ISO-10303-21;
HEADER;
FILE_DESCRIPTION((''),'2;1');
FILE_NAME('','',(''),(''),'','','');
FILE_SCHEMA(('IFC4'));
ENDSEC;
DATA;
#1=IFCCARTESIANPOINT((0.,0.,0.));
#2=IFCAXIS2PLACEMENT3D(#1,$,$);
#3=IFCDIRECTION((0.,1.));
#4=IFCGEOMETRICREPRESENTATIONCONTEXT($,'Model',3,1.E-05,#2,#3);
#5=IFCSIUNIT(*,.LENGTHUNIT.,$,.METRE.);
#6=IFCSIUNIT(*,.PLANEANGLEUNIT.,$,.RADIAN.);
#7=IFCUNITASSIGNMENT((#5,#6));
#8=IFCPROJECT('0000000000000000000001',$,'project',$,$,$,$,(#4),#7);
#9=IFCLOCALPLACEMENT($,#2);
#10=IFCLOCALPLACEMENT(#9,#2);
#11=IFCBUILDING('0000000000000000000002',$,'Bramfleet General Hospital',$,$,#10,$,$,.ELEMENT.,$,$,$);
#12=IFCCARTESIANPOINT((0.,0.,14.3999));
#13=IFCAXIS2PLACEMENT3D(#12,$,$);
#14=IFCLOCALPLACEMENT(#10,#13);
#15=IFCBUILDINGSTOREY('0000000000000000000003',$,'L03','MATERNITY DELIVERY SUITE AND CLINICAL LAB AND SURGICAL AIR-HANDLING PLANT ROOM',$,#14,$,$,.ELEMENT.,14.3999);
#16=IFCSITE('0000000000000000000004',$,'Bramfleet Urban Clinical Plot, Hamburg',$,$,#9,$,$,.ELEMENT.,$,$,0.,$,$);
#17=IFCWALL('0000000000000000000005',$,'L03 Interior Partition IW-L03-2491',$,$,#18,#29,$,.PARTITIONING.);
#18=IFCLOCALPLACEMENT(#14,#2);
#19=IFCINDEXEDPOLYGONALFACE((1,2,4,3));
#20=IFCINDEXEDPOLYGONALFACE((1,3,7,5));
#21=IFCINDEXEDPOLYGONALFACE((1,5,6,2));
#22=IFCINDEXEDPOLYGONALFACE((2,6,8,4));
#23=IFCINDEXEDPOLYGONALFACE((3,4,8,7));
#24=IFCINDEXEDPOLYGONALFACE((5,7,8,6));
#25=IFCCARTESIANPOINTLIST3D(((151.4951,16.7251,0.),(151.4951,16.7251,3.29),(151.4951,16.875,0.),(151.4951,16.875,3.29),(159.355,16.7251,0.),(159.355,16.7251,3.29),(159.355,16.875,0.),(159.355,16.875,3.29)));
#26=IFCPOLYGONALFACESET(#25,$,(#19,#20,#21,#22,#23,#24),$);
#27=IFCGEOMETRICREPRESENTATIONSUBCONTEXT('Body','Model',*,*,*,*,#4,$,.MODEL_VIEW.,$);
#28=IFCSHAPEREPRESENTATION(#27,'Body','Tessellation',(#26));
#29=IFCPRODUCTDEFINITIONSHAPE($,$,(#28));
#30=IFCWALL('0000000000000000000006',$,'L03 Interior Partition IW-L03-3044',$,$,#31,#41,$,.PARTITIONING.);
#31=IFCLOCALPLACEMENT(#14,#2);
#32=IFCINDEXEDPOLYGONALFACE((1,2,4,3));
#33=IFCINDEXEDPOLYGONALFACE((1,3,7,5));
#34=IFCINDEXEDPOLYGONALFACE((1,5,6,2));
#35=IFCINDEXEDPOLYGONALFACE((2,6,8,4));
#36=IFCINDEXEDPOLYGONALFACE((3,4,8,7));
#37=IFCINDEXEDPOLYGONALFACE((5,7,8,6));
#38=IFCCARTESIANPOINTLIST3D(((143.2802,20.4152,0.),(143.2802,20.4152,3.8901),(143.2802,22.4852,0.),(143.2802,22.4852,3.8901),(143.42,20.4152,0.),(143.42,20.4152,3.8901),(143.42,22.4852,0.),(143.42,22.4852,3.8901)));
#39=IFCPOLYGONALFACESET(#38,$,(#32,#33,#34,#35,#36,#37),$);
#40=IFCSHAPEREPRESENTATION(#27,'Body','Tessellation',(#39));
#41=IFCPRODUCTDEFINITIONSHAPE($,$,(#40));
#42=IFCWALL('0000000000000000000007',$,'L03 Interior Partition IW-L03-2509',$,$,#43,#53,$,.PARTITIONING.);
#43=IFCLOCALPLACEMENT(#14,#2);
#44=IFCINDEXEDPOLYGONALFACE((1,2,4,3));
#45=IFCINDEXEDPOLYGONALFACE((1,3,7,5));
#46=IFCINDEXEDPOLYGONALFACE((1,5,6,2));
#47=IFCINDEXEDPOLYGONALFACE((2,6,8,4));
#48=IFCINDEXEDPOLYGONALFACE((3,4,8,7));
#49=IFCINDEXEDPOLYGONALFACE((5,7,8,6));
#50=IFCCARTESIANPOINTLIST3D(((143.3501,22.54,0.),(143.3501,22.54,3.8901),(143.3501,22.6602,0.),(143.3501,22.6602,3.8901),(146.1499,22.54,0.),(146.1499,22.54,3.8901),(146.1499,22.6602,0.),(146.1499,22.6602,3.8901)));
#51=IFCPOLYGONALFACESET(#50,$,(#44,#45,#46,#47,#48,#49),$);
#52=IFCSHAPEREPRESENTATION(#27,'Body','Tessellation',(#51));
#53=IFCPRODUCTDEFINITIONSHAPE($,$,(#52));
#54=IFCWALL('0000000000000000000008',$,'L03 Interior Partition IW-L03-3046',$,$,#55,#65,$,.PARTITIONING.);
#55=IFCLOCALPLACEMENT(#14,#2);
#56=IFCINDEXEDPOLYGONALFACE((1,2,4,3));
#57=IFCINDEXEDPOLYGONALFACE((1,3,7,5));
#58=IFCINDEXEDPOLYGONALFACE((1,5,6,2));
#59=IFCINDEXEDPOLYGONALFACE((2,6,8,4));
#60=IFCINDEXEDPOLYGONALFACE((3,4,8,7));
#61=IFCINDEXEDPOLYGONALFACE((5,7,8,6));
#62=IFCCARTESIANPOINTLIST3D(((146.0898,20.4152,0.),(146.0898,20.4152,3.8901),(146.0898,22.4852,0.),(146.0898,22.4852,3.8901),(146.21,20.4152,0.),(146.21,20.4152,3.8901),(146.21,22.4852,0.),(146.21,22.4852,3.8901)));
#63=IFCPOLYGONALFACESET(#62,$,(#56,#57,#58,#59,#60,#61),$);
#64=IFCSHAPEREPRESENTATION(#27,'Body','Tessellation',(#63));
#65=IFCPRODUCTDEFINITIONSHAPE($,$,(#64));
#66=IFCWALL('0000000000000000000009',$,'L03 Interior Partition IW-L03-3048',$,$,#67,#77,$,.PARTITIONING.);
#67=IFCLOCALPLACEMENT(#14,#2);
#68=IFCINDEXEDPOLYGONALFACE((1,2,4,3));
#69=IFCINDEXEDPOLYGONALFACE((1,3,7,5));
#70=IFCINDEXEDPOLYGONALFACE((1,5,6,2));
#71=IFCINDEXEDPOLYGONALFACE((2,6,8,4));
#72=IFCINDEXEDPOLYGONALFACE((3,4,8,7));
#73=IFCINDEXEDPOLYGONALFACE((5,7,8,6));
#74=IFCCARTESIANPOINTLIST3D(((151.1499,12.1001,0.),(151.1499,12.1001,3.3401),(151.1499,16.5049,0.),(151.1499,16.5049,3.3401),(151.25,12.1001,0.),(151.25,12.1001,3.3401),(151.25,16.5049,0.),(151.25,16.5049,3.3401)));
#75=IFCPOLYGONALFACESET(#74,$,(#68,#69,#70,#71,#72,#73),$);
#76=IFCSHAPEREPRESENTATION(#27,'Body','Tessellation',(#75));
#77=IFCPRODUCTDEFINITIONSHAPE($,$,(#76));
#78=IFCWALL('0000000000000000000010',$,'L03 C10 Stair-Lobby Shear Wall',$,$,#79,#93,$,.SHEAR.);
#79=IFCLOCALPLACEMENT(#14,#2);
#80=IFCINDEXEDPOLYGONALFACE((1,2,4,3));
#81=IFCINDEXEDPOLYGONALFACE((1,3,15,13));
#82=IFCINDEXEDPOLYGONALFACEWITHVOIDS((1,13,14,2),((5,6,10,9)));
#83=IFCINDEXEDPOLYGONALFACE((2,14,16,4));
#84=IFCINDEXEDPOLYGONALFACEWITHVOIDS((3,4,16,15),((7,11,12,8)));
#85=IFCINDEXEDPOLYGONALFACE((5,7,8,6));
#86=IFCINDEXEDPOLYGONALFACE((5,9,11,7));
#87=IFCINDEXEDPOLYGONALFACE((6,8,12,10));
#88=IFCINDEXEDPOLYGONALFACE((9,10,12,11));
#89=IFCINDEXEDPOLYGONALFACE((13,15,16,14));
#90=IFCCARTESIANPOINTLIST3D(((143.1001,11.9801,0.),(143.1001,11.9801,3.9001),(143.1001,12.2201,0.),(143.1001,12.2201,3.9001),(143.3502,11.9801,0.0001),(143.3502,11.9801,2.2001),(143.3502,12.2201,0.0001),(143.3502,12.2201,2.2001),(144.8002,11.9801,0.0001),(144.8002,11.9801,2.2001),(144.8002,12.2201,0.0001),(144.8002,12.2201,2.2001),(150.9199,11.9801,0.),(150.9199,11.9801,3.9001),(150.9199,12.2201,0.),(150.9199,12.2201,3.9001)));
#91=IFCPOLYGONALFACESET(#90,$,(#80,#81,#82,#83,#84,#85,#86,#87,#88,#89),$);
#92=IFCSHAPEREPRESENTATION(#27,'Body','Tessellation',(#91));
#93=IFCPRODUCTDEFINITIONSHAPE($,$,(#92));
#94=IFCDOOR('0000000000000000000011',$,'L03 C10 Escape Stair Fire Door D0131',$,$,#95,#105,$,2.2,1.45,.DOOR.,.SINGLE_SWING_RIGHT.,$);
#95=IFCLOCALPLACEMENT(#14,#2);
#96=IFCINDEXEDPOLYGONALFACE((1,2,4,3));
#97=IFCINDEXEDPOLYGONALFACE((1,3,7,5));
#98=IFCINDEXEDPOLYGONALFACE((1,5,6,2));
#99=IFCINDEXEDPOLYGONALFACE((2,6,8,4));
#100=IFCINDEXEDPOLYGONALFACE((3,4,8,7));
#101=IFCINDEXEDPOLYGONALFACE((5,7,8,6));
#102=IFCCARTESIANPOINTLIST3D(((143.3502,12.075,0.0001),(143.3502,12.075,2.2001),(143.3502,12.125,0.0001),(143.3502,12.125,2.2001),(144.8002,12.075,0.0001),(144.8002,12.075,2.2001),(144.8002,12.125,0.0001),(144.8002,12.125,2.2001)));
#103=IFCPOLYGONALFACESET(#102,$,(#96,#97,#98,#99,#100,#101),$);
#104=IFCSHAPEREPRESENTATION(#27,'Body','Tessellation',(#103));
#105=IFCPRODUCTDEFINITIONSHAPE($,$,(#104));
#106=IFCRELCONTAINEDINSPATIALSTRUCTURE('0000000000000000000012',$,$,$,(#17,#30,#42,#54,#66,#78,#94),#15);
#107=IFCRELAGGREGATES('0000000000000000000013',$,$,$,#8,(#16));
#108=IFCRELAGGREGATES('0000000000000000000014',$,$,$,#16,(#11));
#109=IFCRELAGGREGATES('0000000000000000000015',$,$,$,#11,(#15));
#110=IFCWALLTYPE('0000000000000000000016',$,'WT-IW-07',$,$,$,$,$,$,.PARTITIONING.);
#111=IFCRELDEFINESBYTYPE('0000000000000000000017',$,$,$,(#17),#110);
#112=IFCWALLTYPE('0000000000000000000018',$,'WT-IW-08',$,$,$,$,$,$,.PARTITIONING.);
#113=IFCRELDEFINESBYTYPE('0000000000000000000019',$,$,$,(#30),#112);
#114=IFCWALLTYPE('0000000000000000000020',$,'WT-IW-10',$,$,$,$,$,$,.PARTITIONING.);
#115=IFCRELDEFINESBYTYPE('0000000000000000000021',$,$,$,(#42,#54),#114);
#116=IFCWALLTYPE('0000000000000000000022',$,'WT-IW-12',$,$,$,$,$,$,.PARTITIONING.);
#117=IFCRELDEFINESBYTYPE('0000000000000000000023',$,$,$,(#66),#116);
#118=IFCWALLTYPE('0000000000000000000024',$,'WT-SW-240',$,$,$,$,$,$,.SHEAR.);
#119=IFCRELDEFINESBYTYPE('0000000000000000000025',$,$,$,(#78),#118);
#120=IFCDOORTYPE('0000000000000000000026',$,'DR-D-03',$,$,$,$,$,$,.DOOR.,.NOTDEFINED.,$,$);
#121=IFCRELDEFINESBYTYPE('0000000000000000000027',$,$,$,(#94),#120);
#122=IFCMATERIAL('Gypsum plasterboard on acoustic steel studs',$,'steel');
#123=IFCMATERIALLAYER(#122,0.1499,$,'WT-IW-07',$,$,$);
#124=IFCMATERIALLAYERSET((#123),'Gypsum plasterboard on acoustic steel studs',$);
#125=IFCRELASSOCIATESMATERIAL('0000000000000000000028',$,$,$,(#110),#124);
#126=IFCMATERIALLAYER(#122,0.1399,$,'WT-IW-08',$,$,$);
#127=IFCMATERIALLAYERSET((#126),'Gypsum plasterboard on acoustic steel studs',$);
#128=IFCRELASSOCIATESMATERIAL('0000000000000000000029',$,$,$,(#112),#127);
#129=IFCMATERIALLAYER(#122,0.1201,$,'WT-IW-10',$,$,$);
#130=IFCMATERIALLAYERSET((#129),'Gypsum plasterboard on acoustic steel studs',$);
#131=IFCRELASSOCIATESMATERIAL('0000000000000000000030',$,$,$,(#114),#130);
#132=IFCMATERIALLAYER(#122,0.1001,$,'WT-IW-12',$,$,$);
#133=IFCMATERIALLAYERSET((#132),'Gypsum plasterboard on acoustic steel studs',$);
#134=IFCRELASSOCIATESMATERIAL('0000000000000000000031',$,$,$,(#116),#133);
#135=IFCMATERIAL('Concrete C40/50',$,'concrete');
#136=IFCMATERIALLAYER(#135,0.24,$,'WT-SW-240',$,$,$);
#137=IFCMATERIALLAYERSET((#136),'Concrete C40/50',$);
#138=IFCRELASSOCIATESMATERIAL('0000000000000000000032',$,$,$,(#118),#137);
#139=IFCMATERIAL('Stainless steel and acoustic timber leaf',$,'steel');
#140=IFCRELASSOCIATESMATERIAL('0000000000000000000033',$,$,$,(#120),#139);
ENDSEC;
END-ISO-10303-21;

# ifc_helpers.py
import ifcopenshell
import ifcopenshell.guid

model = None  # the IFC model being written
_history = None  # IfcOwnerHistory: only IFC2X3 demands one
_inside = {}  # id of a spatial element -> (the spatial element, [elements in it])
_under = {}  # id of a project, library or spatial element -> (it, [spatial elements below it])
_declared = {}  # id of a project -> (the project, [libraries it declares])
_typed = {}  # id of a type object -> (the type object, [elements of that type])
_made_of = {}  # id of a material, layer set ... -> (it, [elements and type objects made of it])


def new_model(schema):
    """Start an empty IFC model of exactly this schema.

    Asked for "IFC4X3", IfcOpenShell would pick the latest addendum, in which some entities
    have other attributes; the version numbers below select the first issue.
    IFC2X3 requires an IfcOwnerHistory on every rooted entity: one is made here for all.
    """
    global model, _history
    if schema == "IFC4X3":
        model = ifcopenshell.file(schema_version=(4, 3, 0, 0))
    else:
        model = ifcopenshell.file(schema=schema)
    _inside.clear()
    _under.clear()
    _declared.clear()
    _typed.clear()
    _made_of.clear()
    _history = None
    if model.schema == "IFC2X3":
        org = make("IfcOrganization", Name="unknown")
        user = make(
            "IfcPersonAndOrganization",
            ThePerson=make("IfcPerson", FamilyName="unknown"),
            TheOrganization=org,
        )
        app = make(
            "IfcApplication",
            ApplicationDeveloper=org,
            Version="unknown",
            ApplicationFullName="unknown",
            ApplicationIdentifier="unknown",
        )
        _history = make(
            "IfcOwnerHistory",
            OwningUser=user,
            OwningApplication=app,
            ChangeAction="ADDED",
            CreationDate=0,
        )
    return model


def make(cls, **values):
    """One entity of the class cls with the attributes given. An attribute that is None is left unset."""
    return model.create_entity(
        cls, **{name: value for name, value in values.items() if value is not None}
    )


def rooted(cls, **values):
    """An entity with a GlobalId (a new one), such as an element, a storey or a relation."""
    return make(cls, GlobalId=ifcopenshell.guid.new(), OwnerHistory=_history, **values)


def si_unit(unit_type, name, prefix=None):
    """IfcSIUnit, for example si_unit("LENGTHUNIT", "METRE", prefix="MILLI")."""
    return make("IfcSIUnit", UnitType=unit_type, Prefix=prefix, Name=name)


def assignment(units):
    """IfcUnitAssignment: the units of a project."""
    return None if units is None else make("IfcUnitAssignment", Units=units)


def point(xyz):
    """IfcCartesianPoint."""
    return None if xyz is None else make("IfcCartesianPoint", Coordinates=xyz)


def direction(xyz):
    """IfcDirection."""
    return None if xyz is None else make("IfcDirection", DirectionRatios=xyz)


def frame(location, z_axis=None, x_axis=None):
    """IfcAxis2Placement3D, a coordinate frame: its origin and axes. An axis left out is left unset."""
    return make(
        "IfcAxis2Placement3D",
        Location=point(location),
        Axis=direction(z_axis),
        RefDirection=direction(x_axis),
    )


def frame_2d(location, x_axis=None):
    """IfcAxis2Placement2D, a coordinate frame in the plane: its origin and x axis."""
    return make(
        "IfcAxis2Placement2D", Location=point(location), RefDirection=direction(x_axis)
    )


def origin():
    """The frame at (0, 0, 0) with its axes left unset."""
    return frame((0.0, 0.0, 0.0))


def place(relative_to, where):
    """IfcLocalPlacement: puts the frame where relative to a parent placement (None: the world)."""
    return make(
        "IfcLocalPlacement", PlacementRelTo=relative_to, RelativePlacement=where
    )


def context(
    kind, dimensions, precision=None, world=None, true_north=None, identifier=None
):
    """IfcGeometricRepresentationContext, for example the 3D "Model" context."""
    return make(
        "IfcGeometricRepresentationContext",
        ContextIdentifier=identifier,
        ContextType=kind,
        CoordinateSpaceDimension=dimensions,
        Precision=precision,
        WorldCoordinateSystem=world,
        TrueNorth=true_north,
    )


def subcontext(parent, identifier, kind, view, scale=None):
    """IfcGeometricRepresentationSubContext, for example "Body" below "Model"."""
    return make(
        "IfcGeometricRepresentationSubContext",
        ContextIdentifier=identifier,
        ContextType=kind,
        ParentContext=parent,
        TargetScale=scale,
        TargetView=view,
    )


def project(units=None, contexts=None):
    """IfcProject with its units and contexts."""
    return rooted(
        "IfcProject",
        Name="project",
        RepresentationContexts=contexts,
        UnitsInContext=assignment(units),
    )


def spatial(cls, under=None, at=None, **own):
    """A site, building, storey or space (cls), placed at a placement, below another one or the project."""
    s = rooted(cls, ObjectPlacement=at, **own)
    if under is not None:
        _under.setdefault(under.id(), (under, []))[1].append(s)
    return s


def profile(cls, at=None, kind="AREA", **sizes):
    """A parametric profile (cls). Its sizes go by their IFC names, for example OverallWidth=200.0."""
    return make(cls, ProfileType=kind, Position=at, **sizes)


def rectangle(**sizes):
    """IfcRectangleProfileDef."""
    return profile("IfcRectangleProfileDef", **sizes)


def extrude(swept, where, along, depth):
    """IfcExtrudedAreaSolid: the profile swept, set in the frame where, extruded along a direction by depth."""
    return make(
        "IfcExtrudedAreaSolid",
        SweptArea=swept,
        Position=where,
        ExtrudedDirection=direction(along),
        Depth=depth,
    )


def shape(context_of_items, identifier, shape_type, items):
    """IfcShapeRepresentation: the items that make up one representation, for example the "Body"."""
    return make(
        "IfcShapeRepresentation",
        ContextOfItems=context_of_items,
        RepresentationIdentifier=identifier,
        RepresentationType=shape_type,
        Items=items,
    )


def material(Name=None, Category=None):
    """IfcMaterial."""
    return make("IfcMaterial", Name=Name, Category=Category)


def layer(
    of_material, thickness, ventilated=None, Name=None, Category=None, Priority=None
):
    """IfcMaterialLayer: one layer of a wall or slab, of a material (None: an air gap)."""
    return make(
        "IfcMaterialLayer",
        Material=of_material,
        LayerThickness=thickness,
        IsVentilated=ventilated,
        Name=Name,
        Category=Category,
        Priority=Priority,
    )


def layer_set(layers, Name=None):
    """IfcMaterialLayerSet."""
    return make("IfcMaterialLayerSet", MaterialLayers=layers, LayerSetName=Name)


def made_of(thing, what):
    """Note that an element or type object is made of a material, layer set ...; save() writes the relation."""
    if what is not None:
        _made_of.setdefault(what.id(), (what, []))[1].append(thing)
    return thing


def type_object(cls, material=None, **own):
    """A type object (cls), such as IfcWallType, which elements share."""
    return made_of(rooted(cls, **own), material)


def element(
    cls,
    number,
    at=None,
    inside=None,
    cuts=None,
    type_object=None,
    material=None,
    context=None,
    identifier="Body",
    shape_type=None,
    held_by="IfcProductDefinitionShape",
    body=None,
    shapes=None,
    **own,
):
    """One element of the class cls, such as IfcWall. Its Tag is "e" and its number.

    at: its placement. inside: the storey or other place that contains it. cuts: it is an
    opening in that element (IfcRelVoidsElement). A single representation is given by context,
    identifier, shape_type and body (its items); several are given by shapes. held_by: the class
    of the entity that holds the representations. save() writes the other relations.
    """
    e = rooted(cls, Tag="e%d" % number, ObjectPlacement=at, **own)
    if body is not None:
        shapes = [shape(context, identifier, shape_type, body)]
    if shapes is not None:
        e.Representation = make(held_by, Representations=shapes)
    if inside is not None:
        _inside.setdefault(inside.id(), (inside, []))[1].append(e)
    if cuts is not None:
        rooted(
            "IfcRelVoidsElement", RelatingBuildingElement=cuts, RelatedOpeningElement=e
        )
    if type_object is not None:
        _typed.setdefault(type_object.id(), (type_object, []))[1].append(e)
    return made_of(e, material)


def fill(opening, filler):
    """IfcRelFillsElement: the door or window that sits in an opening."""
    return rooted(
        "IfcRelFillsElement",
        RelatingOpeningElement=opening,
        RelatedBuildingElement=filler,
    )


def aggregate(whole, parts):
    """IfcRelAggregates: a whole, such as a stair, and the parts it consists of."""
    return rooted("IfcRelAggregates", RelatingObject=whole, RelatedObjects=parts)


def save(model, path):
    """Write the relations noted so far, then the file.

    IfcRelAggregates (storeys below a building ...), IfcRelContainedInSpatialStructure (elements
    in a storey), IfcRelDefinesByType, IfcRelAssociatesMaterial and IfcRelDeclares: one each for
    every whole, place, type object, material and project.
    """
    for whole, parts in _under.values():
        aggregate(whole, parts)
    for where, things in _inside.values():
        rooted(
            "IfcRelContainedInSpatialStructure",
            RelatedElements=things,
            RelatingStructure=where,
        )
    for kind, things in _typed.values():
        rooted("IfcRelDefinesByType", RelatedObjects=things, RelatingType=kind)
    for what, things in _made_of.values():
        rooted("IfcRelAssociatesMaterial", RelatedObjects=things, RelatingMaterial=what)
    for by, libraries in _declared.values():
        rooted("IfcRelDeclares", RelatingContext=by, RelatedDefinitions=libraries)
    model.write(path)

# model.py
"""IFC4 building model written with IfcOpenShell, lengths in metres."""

from ifc_helpers import new_model, si_unit, direction, frame, frame_2d, origin, place, context, subcontext, project, spatial, rectangle, extrude, material, layer, layer_set, type_object, element, fill, save


model = new_model("IFC4")

# Units and contexts
model_context = context("Model", 3, precision=1e-05, world=origin(), true_north=direction((0.0, 1.0)))
body_context = subcontext(model_context, "Body", "Model", "MODEL_VIEW")
ifc_project = project(units=[si_unit("LENGTHUNIT", "METRE"), si_unit("PLANEANGLEUNIT", "RADIAN")], contexts=[model_context])

# Site, building, storey
site_placement = place(None, origin())
site = spatial("IfcSite", under=ifc_project, at=site_placement, Name="Bramfleet Urban Clinical Plot, Hamburg", CompositionType="ELEMENT", RefElevation=0.0)
building_placement = place(site_placement, origin())
building = spatial("IfcBuilding", under=site, at=building_placement, Name="Bramfleet General Hospital", CompositionType="ELEMENT")
storey_placement = place(building_placement, frame((0.0, 0.0, 14.3999)))
storey = spatial("IfcBuildingStorey", under=building, at=storey_placement, Name="L03", Description="MATERNITY DELIVERY SUITE AND CLINICAL LAB AND SURGICAL AIR-HANDLING PLANT ROOM", CompositionType="ELEMENT", Elevation=14.3999)

# Shared definitions
ifc_material_1 = material(Name="Concrete C40/50", Category="concrete")

# Shared definitions
ifc_material_2 = material(Name="Stainless steel and acoustic timber leaf", Category="steel")

# Shared definitions
ifc_material_3 = material(Name="Gypsum plasterboard on acoustic steel studs", Category="steel")

# Walls
ifc_layer_1 = layer(ifc_material_3, 0.1499, Name="WT-IW-07")
ifc_layer_set_1 = layer_set([ifc_layer_1], Name="Gypsum plasterboard on acoustic steel studs")
wall_type_1 = type_object("IfcWallType", Name="WT-IW-07", PredefinedType="PARTITIONING", material=ifc_layer_set_1)
wall_1_placement = place(storey_placement, frame((151.4951, 16.8, 0.0), z_axis=(0.0, 0.0, 1.0), x_axis=(1.0, 0.0, 0.0)))
element("IfcWall", 1, at=wall_1_placement, inside=storey, type_object=wall_type_1, Name="L03 Interior Partition IW-L03-2491", PredefinedType="PARTITIONING", context=body_context, shape_type="SweptSolid", body=[
    extrude(rectangle(XDim=7.8599, YDim=0.1499, at=frame_2d((3.9299, 0.0))), origin(), (0.0, 0.0, 1.0), 3.29),
])
ifc_layer_2 = layer(ifc_material_3, 0.1399, Name="WT-IW-08")
ifc_layer_set_2 = layer_set([ifc_layer_2], Name="Gypsum plasterboard on acoustic steel studs")
wall_type_2 = type_object("IfcWallType", Name="WT-IW-08", PredefinedType="PARTITIONING", material=ifc_layer_set_2)
wall_2_placement = place(storey_placement, frame((143.3501, 20.415, 0.0), z_axis=(0.0, 0.0, 1.0), x_axis=(0.0, 1.0, 0.0)))
element("IfcWall", 2, at=wall_2_placement, inside=storey, type_object=wall_type_2, Name="L03 Interior Partition IW-L03-3044", PredefinedType="PARTITIONING", context=body_context, shape_type="SweptSolid", body=[
    extrude(rectangle(XDim=2.0701, YDim=0.1399, at=frame_2d((1.0352, 0.0))), origin(), (0.0, 0.0, 1.0), 3.8901),
])
ifc_layer_3 = layer(ifc_material_3, 0.1201, Name="WT-IW-10")
ifc_layer_set_3 = layer_set([ifc_layer_3], Name="Gypsum plasterboard on acoustic steel studs")
wall_type_3 = type_object("IfcWallType", Name="WT-IW-10", PredefinedType="PARTITIONING", material=ifc_layer_set_3)
wall_3_placement = place(storey_placement, frame((143.3501, 22.6001, 0.0), z_axis=(0.0, 0.0, 1.0), x_axis=(1.0, 0.0, 0.0)))
element("IfcWall", 3, at=wall_3_placement, inside=storey, type_object=wall_type_3, Name="L03 Interior Partition IW-L03-2509", PredefinedType="PARTITIONING", context=body_context, shape_type="SweptSolid", body=[
    extrude(rectangle(XDim=2.7998, YDim=0.1201, at=frame_2d((1.3999, 0.0))), origin(), (0.0, 0.0, 1.0), 3.8901),
])
wall_4_placement = place(storey_placement, frame((146.1499, 20.415, 0.0), z_axis=(0.0, 0.0, 1.0), x_axis=(0.0, 1.0, 0.0)))
element("IfcWall", 4, at=wall_4_placement, inside=storey, type_object=wall_type_3, Name="L03 Interior Partition IW-L03-3046", PredefinedType="PARTITIONING", context=body_context, shape_type="SweptSolid", body=[
    extrude(rectangle(XDim=2.0701, YDim=0.1201, at=frame_2d((1.0352, 0.0))), origin(), (0.0, 0.0, 1.0), 3.8901),
])
ifc_layer_4 = layer(ifc_material_3, 0.1001, Name="WT-IW-12")
ifc_layer_set_4 = layer_set([ifc_layer_4], Name="Gypsum plasterboard on acoustic steel studs")
wall_type_4 = type_object("IfcWallType", Name="WT-IW-12", PredefinedType="PARTITIONING", material=ifc_layer_set_4)
wall_5_placement = place(storey_placement, frame((151.2, 12.1001, 0.0), z_axis=(0.0, 0.0, 1.0), x_axis=(0.0, 1.0, 0.0)))
element("IfcWall", 5, at=wall_5_placement, inside=storey, type_object=wall_type_4, Name="L03 Interior Partition IW-L03-3048", PredefinedType="PARTITIONING", context=body_context, shape_type="SweptSolid", body=[
    extrude(rectangle(XDim=4.4048, YDim=0.1001, at=frame_2d((2.2024, 0.0))), origin(), (0.0, 0.0, 1.0), 3.3401),
])

# Wall, opening, door
ifc_layer_5 = layer(ifc_material_1, 0.24, Name="WT-SW-240")
ifc_layer_set_5 = layer_set([ifc_layer_5], Name="Concrete C40/50")
wall_type_5 = type_object("IfcWallType", Name="WT-SW-240", PredefinedType="SHEAR", material=ifc_layer_set_5)
wall_6_placement = place(storey_placement, frame((143.1001, 12.1001, 0.0), z_axis=(0.0, 0.0, 1.0), x_axis=(1.0, 0.0, 0.0)))
wall_6 = element("IfcWall", 6, at=wall_6_placement, inside=storey, type_object=wall_type_5, Name="L03 C10 Stair-Lobby Shear Wall", PredefinedType="SHEAR", context=body_context, shape_type="SweptSolid", body=[
    extrude(rectangle(XDim=7.8198, YDim=0.24, at=frame_2d((3.9099, 0.0))), origin(), (0.0, 0.0, 1.0), 3.9001),
])
opening_1_placement = place(wall_6_placement, frame((0.25, 0.0, 0.0)))
opening_1 = element("IfcOpeningElement", 7, at=opening_1_placement, cuts=wall_6, PredefinedType="OPENING", context=body_context, shape_type="SweptSolid", body=[
    extrude(rectangle(XDim=1.45, YDim=2.2, at=frame_2d((0.7251, 1.1001))), frame((0.0, 0.1299, 0.0), z_axis=(0.0, -1.0, 0.0), x_axis=(1.0, 0.0, 0.0)), (0.0, 0.0, 1.0), 0.26),
])
door_type_1 = type_object("IfcDoorType", Name="DR-D-03", OperationType="NOTDEFINED", PredefinedType="DOOR", material=ifc_material_2)
door_1_placement = place(opening_1_placement, origin())
door_1 = element("IfcDoor", 8, at=door_1_placement, inside=storey, type_object=door_type_1, Name="L03 C10 Escape Stair Fire Door D0131", OperationType="SINGLE_SWING_RIGHT", OverallHeight=2.2, OverallWidth=1.45, PredefinedType="DOOR", context=body_context, shape_type="SweptSolid", body=[
    extrude(rectangle(XDim=1.45, YDim=2.2, at=frame_2d((0.7251, 1.1001))), frame((0.0, 0.0249, 0.0), z_axis=(0.0, -1.0, 0.0), x_axis=(1.0, 0.0, 0.0)), (0.0, 0.0, 1.0), 0.05),
])
fill(opening_1, door_1)

save(model, "model.ifc")
